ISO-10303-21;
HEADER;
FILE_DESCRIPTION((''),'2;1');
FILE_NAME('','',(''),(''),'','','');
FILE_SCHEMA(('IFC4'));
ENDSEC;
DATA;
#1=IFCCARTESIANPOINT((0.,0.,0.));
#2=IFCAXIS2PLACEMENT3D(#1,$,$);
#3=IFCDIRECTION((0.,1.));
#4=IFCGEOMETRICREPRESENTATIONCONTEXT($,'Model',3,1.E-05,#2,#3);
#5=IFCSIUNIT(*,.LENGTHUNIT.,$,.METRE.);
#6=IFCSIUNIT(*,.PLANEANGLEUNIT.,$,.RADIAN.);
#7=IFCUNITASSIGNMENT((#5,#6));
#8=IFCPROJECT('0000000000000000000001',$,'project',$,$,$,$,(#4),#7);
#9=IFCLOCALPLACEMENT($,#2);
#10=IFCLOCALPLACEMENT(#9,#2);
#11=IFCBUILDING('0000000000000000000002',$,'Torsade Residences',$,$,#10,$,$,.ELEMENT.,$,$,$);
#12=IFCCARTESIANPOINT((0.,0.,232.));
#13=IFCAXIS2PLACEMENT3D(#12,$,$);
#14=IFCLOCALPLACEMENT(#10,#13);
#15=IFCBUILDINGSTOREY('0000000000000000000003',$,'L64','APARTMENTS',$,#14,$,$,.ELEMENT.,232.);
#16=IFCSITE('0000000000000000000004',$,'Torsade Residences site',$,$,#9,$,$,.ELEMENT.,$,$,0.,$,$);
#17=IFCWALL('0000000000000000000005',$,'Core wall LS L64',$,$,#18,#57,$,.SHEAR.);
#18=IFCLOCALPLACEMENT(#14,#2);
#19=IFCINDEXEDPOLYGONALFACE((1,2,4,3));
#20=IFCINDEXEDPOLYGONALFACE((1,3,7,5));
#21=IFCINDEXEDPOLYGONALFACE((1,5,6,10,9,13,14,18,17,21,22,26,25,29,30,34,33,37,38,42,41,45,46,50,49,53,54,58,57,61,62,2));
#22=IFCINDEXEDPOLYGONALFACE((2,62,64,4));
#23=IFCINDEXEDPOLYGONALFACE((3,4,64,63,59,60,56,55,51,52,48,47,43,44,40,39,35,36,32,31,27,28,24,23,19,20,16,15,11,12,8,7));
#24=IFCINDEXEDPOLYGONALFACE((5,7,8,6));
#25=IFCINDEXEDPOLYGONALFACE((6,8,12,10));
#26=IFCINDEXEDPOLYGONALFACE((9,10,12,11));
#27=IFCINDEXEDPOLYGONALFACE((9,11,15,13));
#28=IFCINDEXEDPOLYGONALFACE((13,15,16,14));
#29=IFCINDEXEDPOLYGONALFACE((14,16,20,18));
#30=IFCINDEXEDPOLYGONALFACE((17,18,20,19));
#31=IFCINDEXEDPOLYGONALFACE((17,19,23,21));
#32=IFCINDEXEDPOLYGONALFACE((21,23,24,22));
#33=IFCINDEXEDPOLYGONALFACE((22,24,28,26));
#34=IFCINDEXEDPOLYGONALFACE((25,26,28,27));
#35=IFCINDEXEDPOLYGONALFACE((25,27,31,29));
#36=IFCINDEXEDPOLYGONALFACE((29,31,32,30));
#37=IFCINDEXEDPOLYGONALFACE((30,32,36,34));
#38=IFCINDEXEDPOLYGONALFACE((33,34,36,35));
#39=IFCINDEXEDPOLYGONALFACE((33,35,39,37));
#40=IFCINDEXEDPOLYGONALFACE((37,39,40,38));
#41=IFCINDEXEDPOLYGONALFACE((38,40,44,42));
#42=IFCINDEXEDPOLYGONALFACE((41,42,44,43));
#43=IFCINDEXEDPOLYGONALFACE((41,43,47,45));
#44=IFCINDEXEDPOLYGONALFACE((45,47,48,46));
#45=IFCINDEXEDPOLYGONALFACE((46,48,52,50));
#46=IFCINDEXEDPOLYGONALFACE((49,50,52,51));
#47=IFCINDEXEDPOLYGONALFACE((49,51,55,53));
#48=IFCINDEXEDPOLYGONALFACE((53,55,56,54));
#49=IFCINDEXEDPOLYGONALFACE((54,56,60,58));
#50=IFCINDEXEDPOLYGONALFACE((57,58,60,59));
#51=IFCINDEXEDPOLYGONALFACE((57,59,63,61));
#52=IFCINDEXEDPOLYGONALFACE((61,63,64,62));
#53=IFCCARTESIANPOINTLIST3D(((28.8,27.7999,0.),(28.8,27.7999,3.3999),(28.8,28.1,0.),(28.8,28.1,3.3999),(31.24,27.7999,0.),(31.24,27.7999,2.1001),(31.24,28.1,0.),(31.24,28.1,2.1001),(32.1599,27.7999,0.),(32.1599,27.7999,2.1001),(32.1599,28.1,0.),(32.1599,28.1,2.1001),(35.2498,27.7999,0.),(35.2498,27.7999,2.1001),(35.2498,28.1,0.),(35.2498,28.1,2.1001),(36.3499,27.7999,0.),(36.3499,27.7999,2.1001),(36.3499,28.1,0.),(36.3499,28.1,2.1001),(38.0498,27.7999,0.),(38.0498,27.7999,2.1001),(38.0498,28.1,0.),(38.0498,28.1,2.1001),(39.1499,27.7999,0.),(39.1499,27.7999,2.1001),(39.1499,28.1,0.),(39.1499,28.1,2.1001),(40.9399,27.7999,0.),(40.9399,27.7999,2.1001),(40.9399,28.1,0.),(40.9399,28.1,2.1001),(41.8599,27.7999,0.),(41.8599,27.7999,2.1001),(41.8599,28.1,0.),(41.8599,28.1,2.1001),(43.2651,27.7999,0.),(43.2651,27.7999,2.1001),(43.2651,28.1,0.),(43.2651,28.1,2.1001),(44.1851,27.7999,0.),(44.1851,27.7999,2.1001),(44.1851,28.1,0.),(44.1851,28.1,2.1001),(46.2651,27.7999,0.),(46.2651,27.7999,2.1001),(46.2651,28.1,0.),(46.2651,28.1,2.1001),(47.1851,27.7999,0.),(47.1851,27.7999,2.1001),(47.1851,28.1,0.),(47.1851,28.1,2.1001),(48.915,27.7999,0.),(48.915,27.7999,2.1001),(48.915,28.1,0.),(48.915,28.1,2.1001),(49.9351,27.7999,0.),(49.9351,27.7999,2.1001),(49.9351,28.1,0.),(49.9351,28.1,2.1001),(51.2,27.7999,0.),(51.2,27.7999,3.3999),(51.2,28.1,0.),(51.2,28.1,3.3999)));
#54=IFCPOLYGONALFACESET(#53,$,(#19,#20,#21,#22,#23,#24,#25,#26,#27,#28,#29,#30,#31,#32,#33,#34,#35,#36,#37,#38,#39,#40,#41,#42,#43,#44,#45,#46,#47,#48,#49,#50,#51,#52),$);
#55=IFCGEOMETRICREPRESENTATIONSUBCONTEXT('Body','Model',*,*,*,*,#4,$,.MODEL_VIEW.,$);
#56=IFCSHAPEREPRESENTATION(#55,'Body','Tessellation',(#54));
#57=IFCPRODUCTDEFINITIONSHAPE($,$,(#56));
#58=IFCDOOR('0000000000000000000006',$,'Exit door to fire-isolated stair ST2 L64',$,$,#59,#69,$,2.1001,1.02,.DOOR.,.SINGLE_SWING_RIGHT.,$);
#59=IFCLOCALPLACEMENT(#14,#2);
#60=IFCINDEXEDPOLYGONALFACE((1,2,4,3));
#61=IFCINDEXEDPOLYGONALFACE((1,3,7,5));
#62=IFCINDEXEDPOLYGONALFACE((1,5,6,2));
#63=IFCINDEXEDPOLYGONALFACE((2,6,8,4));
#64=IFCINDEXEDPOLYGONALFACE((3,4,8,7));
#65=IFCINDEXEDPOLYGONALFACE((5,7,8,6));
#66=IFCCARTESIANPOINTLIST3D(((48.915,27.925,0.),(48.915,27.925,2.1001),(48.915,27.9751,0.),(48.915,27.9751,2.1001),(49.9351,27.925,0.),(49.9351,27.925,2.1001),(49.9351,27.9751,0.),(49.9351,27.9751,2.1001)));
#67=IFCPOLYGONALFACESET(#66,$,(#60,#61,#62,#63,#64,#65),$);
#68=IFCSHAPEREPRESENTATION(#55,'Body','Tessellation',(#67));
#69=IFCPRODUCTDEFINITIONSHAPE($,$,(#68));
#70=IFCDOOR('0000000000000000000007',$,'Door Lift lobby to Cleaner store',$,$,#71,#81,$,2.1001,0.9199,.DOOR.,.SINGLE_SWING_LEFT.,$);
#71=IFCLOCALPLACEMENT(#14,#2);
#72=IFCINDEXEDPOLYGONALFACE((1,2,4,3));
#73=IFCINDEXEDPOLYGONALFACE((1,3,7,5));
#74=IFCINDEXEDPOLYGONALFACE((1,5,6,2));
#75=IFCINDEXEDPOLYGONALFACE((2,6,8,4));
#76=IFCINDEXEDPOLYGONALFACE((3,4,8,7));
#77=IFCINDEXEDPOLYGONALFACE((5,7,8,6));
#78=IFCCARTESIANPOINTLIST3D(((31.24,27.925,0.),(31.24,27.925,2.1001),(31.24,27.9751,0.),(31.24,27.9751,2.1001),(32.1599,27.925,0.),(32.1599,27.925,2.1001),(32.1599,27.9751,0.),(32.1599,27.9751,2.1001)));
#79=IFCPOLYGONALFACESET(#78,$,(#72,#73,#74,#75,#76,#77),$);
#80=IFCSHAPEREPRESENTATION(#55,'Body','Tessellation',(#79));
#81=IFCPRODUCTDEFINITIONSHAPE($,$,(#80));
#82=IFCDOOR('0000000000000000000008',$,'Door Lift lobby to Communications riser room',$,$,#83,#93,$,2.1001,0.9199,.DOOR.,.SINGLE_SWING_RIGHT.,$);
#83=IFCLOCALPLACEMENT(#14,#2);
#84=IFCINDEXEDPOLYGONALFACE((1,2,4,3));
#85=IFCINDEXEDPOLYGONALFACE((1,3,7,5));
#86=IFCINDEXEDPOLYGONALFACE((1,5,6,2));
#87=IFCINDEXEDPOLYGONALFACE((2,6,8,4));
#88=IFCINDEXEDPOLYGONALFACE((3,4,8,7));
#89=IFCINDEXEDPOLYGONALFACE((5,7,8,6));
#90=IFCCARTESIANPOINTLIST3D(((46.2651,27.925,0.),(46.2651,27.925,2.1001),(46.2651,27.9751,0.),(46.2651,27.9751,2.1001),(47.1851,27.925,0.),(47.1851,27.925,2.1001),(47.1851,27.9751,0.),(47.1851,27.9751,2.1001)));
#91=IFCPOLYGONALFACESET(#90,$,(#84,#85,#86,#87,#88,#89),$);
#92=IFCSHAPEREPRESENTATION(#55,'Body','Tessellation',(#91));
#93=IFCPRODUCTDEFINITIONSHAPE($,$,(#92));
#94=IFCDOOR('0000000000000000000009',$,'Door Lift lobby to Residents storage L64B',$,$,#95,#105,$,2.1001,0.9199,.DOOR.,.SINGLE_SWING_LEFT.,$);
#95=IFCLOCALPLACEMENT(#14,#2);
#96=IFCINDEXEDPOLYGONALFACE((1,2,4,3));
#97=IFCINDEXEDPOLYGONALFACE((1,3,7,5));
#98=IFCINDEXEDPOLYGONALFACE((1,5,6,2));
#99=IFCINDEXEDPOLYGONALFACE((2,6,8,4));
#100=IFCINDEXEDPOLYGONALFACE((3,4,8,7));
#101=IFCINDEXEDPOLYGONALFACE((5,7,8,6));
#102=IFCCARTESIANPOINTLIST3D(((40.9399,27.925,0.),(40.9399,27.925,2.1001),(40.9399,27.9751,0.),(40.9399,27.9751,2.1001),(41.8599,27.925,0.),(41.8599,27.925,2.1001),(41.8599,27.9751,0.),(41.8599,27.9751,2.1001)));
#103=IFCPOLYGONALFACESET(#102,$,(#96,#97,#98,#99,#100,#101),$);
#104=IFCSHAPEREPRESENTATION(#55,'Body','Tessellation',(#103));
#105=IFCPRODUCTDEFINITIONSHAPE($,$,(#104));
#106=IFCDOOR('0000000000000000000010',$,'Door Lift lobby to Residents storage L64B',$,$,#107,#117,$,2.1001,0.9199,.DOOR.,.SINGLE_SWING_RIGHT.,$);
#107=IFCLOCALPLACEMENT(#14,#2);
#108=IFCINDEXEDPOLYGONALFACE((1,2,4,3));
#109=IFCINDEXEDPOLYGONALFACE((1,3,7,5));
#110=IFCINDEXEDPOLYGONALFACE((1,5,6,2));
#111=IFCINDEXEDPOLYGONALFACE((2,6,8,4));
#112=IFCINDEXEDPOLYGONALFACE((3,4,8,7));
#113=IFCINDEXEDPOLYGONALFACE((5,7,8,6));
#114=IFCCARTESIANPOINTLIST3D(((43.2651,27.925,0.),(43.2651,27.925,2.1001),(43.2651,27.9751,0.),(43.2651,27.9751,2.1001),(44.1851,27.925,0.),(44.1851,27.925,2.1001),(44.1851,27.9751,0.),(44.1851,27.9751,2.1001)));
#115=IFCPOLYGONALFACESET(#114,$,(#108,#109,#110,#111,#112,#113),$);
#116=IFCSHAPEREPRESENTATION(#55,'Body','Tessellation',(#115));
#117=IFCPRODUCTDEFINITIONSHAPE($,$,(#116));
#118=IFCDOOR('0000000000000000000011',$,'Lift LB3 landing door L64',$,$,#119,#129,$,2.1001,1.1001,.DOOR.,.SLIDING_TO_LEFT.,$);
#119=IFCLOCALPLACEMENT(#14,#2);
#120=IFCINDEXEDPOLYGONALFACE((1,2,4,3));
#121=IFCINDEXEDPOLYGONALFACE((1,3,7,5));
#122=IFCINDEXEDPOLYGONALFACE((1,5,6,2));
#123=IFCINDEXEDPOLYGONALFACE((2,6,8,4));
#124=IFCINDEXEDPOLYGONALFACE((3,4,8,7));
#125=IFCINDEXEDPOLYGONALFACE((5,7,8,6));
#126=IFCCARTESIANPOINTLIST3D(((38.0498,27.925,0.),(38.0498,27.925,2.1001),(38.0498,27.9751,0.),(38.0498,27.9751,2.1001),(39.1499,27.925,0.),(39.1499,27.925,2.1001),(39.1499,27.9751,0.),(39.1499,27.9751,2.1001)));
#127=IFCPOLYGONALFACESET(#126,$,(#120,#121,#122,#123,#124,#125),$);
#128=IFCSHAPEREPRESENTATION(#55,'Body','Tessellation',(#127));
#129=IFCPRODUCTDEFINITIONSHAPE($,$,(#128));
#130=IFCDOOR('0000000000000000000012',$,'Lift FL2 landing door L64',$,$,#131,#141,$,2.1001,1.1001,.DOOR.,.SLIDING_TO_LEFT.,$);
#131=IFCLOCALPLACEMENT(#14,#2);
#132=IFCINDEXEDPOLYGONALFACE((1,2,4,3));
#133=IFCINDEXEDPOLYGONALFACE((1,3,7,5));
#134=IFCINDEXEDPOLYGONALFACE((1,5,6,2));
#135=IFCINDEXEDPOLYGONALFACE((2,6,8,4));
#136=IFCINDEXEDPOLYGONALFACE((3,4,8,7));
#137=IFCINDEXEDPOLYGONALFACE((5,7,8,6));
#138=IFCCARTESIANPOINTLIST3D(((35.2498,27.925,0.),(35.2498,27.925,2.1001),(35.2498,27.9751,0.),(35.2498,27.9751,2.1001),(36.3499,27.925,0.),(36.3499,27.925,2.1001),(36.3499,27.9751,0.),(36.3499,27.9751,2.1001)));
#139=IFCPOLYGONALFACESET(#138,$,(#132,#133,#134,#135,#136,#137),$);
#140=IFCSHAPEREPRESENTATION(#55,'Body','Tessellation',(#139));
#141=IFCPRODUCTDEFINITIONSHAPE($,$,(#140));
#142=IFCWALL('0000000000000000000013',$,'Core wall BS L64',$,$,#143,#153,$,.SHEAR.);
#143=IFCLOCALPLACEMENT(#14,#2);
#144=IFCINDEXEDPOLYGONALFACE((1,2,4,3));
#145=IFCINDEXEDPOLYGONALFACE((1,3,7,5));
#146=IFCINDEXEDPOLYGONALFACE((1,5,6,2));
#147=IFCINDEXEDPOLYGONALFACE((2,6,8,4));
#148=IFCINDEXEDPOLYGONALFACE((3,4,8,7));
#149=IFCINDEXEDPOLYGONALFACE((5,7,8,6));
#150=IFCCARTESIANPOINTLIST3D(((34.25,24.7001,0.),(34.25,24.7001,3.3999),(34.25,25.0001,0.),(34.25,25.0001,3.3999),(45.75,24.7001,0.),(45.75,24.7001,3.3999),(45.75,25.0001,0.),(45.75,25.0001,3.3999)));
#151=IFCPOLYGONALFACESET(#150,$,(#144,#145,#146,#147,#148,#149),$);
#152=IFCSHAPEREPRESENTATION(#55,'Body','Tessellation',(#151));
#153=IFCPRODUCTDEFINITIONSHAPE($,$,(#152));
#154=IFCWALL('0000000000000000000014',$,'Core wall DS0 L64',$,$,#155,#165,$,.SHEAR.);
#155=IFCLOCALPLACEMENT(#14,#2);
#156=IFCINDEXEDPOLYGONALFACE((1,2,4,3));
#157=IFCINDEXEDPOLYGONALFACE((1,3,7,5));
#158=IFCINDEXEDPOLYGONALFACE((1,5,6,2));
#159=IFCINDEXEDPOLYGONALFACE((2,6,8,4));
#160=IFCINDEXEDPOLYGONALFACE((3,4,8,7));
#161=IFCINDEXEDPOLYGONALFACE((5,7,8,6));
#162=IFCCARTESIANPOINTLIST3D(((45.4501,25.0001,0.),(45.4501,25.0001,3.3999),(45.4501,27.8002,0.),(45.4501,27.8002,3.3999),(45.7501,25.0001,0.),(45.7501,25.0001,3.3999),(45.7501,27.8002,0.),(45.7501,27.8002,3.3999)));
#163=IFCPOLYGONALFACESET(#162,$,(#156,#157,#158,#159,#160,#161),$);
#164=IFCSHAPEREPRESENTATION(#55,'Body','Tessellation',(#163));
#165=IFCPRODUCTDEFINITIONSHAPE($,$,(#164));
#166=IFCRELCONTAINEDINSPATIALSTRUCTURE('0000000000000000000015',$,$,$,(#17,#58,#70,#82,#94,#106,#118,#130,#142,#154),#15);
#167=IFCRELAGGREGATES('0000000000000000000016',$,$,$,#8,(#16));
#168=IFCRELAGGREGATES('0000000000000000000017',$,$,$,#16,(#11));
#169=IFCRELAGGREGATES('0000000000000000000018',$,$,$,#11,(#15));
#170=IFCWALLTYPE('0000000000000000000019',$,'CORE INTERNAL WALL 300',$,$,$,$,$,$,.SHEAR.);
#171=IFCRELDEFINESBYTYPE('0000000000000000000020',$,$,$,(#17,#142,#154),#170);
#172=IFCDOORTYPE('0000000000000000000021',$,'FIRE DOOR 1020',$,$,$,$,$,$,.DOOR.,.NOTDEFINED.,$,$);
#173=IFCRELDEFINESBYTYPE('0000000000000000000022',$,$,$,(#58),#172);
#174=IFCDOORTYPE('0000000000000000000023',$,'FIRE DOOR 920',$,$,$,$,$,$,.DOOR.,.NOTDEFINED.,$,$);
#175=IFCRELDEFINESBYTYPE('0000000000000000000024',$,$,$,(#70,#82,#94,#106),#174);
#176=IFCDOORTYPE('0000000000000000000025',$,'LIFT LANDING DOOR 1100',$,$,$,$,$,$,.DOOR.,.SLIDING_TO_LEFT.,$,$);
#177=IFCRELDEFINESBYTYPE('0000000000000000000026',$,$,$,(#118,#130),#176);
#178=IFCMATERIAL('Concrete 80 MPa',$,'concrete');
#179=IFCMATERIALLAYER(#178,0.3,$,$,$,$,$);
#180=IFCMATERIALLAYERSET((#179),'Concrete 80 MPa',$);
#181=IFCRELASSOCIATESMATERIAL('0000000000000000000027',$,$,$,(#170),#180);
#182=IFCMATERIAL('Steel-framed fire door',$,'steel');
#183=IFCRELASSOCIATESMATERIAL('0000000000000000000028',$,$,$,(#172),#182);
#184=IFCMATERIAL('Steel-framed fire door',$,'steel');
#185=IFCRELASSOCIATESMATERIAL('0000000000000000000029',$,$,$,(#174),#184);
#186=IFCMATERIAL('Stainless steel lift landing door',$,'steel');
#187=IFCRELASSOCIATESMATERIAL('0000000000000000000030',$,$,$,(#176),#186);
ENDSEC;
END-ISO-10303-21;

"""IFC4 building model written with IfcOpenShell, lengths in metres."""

from ifc_helpers import new_model, si_unit, direction, frame, frame_2d, origin, place, context, subcontext, project, spatial, rectangle, extrude, material, layer, layer_set, type_object, element, fill, save


model = new_model("IFC4")

# Units and contexts
model_context = context("Model", 3, precision=1e-05, world=origin(), true_north=direction((0.0, 1.0)))
body_context = subcontext(model_context, "Body", "Model", "MODEL_VIEW")
ifc_project = project(units=[si_unit("LENGTHUNIT", "METRE"), si_unit("PLANEANGLEUNIT", "RADIAN")], contexts=[model_context])

# Site, building, storey
site_placement = place(None, origin())
site = spatial("IfcSite", under=ifc_project, at=site_placement, Name="Torsade Residences site", CompositionType="ELEMENT", RefElevation=0.0)
building_placement = place(site_placement, origin())
building = spatial("IfcBuilding", under=site, at=building_placement, Name="Torsade Residences", CompositionType="ELEMENT")
storey_placement = place(building_placement, frame((0.0, 0.0, 232.0)))
storey = spatial("IfcBuildingStorey", under=building, at=storey_placement, Name="L64", Description="APARTMENTS", CompositionType="ELEMENT", Elevation=232.0)

# Wall, openings, doors
ifc_material_1 = material(Name="Concrete 80 MPa", Category="concrete")
ifc_layer_1 = layer(ifc_material_1, 0.3)
ifc_layer_set_1 = layer_set([ifc_layer_1], Name="Concrete 80 MPa")
wall_type_1 = type_object("IfcWallType", Name="CORE INTERNAL WALL 300", PredefinedType="SHEAR", material=ifc_layer_set_1)
wall_1_placement = place(storey_placement, frame((51.2, 27.95, 0.0), z_axis=(0.0, 0.0, 1.0), x_axis=(-1.0, 0.0, 0.0)))
wall_1 = element("IfcWall", 1, at=wall_1_placement, inside=storey, type_object=wall_type_1, Name="Core wall LS L64", PredefinedType="SHEAR", context=body_context, shape_type="SweptSolid", body=[
    extrude(rectangle(XDim=22.3999, YDim=0.3, at=frame_2d((11.2, 0.0))), origin(), (0.0, 0.0, 1.0), 3.3999),
])
opening_1_placement = place(wall_1_placement, frame((19.04, 0.0, 0.0)))
opening_1 = element("IfcOpeningElement", 2, at=opening_1_placement, cuts=wall_1, PredefinedType="OPENING", context=body_context, shape_type="SweptSolid", body=[
    extrude(rectangle(XDim=0.9199, YDim=2.1001, at=frame_2d((0.46, 1.05))), frame((0.0, 0.1599, 0.0), z_axis=(0.0, -1.0, 0.0), x_axis=(1.0, 0.0, 0.0)), (0.0, 0.0, 1.0), 0.3201),
])
opening_2_placement = place(wall_1_placement, frame((1.2649, 0.0, 0.0)))
opening_2 = element("IfcOpeningElement", 3, at=opening_2_placement, cuts=wall_1, PredefinedType="OPENING", context=body_context, shape_type="SweptSolid", body=[
    extrude(rectangle(XDim=1.02, YDim=2.1001, at=frame_2d((0.51, 1.05))), frame((0.0, 0.1599, 0.0), z_axis=(0.0, -1.0, 0.0), x_axis=(1.0, 0.0, 0.0)), (0.0, 0.0, 1.0), 0.3201),
])
opening_3_placement = place(wall_1_placement, frame((4.0149, 0.0, 0.0)))
opening_3 = element("IfcOpeningElement", 4, at=opening_3_placement, cuts=wall_1, PredefinedType="OPENING", context=body_context, shape_type="SweptSolid", body=[
    extrude(rectangle(XDim=0.9199, YDim=2.1001, at=frame_2d((0.46, 1.05))), frame((0.0, 0.1599, 0.0), z_axis=(0.0, -1.0, 0.0), x_axis=(1.0, 0.0, 0.0)), (0.0, 0.0, 1.0), 0.3201),
])
opening_4_placement = place(wall_1_placement, frame((9.3401, 0.0, 0.0)))
opening_4 = element("IfcOpeningElement", 5, at=opening_4_placement, cuts=wall_1, PredefinedType="OPENING", context=body_context, shape_type="SweptSolid", body=[
    extrude(rectangle(XDim=0.9199, YDim=2.1001, at=frame_2d((0.46, 1.05))), frame((0.0, 0.1599, 0.0), z_axis=(0.0, -1.0, 0.0), x_axis=(1.0, 0.0, 0.0)), (0.0, 0.0, 1.0), 0.3201),
])
opening_5_placement = place(wall_1_placement, frame((7.0149, 0.0, 0.0)))
opening_5 = element("IfcOpeningElement", 6, at=opening_5_placement, cuts=wall_1, PredefinedType="OPENING", context=body_context, shape_type="SweptSolid", body=[
    extrude(rectangle(XDim=0.9199, YDim=2.1001, at=frame_2d((0.46, 1.05))), frame((0.0, 0.1599, 0.0), z_axis=(0.0, -1.0, 0.0), x_axis=(1.0, 0.0, 0.0)), (0.0, 0.0, 1.0), 0.3201),
])
opening_6_placement = place(wall_1_placement, frame((12.05, 0.0, 0.0)))
opening_6 = element("IfcOpeningElement", 7, at=opening_6_placement, cuts=wall_1, PredefinedType="OPENING", context=body_context, shape_type="SweptSolid", body=[
    extrude(rectangle(XDim=1.1001, YDim=2.1001, at=frame_2d((0.55, 1.05))), frame((0.0, 0.1599, 0.0), z_axis=(0.0, -1.0, 0.0), x_axis=(1.0, 0.0, 0.0)), (0.0, 0.0, 1.0), 0.3201),
])
opening_7_placement = place(wall_1_placement, frame((14.8501, 0.0, 0.0)))
opening_7 = element("IfcOpeningElement", 8, at=opening_7_placement, cuts=wall_1, PredefinedType="OPENING", context=body_context, shape_type="SweptSolid", body=[
    extrude(rectangle(XDim=1.1001, YDim=2.1001, at=frame_2d((0.55, 1.05))), frame((0.0, 0.1599, 0.0), z_axis=(0.0, -1.0, 0.0), x_axis=(1.0, 0.0, 0.0)), (0.0, 0.0, 1.0), 0.3201),
])
ifc_material_2 = material(Name="Steel-framed fire door", Category="steel")
door_type_1 = type_object("IfcDoorType", Name="FIRE DOOR 1020", OperationType="NOTDEFINED", PredefinedType="DOOR", material=ifc_material_2)
door_1_placement = place(opening_2_placement, origin())
door_1 = element("IfcDoor", 9, at=door_1_placement, inside=storey, type_object=door_type_1, Name="Exit door to fire-isolated stair ST2 L64", OperationType="SINGLE_SWING_RIGHT", OverallHeight=2.1001, OverallWidth=1.02, PredefinedType="DOOR", context=body_context, shape_type="SweptSolid", body=[
    extrude(rectangle(XDim=1.02, YDim=2.1001, at=frame_2d((0.51, 1.05))), frame((0.0, 0.0249, 0.0), z_axis=(0.0, -1.0, 0.0), x_axis=(1.0, 0.0, 0.0)), (0.0, 0.0, 1.0), 0.05),
])
fill(opening_2, door_1)
ifc_material_3 = material(Name="Steel-framed fire door", Category="steel")
door_type_2 = type_object("IfcDoorType", Name="FIRE DOOR 920", OperationType="NOTDEFINED", PredefinedType="DOOR", material=ifc_material_3)
door_2_placement = place(opening_1_placement, origin())
door_2 = element("IfcDoor", 10, at=door_2_placement, inside=storey, type_object=door_type_2, Name="Door Lift lobby to Cleaner store", OperationType="SINGLE_SWING_LEFT", OverallHeight=2.1001, OverallWidth=0.9199, PredefinedType="DOOR", context=body_context, shape_type="SweptSolid", body=[
    extrude(rectangle(XDim=0.9199, YDim=2.1001, at=frame_2d((0.46, 1.05))), frame((0.0, 0.0249, 0.0), z_axis=(0.0, -1.0, 0.0), x_axis=(1.0, 0.0, 0.0)), (0.0, 0.0, 1.0), 0.05),
])
fill(opening_1, door_2)
door_3_placement = place(opening_3_placement, origin())
door_3 = element("IfcDoor", 11, at=door_3_placement, inside=storey, type_object=door_type_2, Name="Door Lift lobby to Communications riser room", OperationType="SINGLE_SWING_RIGHT", OverallHeight=2.1001, OverallWidth=0.9199, PredefinedType="DOOR", context=body_context, shape_type="SweptSolid", body=[
    extrude(rectangle(XDim=0.9199, YDim=2.1001, at=frame_2d((0.46, 1.05))), frame((0.0, 0.0249, 0.0), z_axis=(0.0, -1.0, 0.0), x_axis=(1.0, 0.0, 0.0)), (0.0, 0.0, 1.0), 0.05),
])
fill(opening_3, door_3)
door_4_placement = place(opening_4_placement, origin())
door_4 = element("IfcDoor", 12, at=door_4_placement, inside=storey, type_object=door_type_2, Name="Door Lift lobby to Residents storage L64B", OperationType="SINGLE_SWING_LEFT", OverallHeight=2.1001, OverallWidth=0.9199, PredefinedType="DOOR", context=body_context, shape_type="SweptSolid", body=[
    extrude(rectangle(XDim=0.9199, YDim=2.1001, at=frame_2d((0.46, 1.05))), frame((0.0, 0.0249, 0.0), z_axis=(0.0, -1.0, 0.0), x_axis=(1.0, 0.0, 0.0)), (0.0, 0.0, 1.0), 0.05),
])
fill(opening_4, door_4)
door_5_placement = place(opening_5_placement, origin())
door_5 = element("IfcDoor", 13, at=door_5_placement, inside=storey, type_object=door_type_2, Name="Door Lift lobby to Residents storage L64B", OperationType="SINGLE_SWING_RIGHT", OverallHeight=2.1001, OverallWidth=0.9199, PredefinedType="DOOR", context=body_context, shape_type="SweptSolid", body=[
    extrude(rectangle(XDim=0.9199, YDim=2.1001, at=frame_2d((0.46, 1.05))), frame((0.0, 0.0249, 0.0), z_axis=(0.0, -1.0, 0.0), x_axis=(1.0, 0.0, 0.0)), (0.0, 0.0, 1.0), 0.05),
])
fill(opening_5, door_5)
ifc_material_4 = material(Name="Stainless steel lift landing door", Category="steel")
door_type_3 = type_object("IfcDoorType", Name="LIFT LANDING DOOR 1100", OperationType="SLIDING_TO_LEFT", PredefinedType="DOOR", material=ifc_material_4)
door_6_placement = place(opening_6_placement, origin())
door_6 = element("IfcDoor", 14, at=door_6_placement, inside=storey, type_object=door_type_3, Name="Lift LB3 landing door L64", OperationType="SLIDING_TO_LEFT", OverallHeight=2.1001, OverallWidth=1.1001, PredefinedType="DOOR", context=body_context, shape_type="SweptSolid", body=[
    extrude(rectangle(XDim=1.1001, YDim=2.1001, at=frame_2d((0.55, 1.05))), frame((0.0, 0.0249, 0.0), z_axis=(0.0, -1.0, 0.0), x_axis=(1.0, 0.0, 0.0)), (0.0, 0.0, 1.0), 0.05),
])
fill(opening_6, door_6)
door_7_placement = place(opening_7_placement, origin())
door_7 = element("IfcDoor", 15, at=door_7_placement, inside=storey, type_object=door_type_3, Name="Lift FL2 landing door L64", OperationType="SLIDING_TO_LEFT", OverallHeight=2.1001, OverallWidth=1.1001, PredefinedType="DOOR", context=body_context, shape_type="SweptSolid", body=[
    extrude(rectangle(XDim=1.1001, YDim=2.1001, at=frame_2d((0.55, 1.05))), frame((0.0, 0.0249, 0.0), z_axis=(0.0, -1.0, 0.0), x_axis=(1.0, 0.0, 0.0)), (0.0, 0.0, 1.0), 0.05),
])
fill(opening_7, door_7)

# Walls
wall_2_placement = place(storey_placement, frame((45.75, 24.8501, 0.0), z_axis=(0.0, 0.0, 1.0), x_axis=(-1.0, 0.0, 0.0)))
element("IfcWall", 16, at=wall_2_placement, inside=storey, type_object=wall_type_1, Name="Core wall BS L64", PredefinedType="SHEAR", context=body_context, shape_type="SweptSolid", body=[
    extrude(rectangle(XDim=11.5, YDim=0.3, at=frame_2d((5.75, 0.0))), origin(), (0.0, 0.0, 1.0), 3.3999),
])
wall_3_placement = place(storey_placement, frame((45.6001, 27.8, 0.0), z_axis=(0.0, 0.0, 1.0), x_axis=(0.0, -1.0, 0.0)))
element("IfcWall", 17, at=wall_3_placement, inside=storey, type_object=wall_type_1, Name="Core wall DS0 L64", PredefinedType="SHEAR", context=body_context, shape_type="SweptSolid", body=[
    extrude(rectangle(XDim=2.8, YDim=0.3, at=frame_2d((1.3999, 0.0))), origin(), (0.0, 0.0, 1.0), 3.3999),
])

save(model, "model.ifc")
